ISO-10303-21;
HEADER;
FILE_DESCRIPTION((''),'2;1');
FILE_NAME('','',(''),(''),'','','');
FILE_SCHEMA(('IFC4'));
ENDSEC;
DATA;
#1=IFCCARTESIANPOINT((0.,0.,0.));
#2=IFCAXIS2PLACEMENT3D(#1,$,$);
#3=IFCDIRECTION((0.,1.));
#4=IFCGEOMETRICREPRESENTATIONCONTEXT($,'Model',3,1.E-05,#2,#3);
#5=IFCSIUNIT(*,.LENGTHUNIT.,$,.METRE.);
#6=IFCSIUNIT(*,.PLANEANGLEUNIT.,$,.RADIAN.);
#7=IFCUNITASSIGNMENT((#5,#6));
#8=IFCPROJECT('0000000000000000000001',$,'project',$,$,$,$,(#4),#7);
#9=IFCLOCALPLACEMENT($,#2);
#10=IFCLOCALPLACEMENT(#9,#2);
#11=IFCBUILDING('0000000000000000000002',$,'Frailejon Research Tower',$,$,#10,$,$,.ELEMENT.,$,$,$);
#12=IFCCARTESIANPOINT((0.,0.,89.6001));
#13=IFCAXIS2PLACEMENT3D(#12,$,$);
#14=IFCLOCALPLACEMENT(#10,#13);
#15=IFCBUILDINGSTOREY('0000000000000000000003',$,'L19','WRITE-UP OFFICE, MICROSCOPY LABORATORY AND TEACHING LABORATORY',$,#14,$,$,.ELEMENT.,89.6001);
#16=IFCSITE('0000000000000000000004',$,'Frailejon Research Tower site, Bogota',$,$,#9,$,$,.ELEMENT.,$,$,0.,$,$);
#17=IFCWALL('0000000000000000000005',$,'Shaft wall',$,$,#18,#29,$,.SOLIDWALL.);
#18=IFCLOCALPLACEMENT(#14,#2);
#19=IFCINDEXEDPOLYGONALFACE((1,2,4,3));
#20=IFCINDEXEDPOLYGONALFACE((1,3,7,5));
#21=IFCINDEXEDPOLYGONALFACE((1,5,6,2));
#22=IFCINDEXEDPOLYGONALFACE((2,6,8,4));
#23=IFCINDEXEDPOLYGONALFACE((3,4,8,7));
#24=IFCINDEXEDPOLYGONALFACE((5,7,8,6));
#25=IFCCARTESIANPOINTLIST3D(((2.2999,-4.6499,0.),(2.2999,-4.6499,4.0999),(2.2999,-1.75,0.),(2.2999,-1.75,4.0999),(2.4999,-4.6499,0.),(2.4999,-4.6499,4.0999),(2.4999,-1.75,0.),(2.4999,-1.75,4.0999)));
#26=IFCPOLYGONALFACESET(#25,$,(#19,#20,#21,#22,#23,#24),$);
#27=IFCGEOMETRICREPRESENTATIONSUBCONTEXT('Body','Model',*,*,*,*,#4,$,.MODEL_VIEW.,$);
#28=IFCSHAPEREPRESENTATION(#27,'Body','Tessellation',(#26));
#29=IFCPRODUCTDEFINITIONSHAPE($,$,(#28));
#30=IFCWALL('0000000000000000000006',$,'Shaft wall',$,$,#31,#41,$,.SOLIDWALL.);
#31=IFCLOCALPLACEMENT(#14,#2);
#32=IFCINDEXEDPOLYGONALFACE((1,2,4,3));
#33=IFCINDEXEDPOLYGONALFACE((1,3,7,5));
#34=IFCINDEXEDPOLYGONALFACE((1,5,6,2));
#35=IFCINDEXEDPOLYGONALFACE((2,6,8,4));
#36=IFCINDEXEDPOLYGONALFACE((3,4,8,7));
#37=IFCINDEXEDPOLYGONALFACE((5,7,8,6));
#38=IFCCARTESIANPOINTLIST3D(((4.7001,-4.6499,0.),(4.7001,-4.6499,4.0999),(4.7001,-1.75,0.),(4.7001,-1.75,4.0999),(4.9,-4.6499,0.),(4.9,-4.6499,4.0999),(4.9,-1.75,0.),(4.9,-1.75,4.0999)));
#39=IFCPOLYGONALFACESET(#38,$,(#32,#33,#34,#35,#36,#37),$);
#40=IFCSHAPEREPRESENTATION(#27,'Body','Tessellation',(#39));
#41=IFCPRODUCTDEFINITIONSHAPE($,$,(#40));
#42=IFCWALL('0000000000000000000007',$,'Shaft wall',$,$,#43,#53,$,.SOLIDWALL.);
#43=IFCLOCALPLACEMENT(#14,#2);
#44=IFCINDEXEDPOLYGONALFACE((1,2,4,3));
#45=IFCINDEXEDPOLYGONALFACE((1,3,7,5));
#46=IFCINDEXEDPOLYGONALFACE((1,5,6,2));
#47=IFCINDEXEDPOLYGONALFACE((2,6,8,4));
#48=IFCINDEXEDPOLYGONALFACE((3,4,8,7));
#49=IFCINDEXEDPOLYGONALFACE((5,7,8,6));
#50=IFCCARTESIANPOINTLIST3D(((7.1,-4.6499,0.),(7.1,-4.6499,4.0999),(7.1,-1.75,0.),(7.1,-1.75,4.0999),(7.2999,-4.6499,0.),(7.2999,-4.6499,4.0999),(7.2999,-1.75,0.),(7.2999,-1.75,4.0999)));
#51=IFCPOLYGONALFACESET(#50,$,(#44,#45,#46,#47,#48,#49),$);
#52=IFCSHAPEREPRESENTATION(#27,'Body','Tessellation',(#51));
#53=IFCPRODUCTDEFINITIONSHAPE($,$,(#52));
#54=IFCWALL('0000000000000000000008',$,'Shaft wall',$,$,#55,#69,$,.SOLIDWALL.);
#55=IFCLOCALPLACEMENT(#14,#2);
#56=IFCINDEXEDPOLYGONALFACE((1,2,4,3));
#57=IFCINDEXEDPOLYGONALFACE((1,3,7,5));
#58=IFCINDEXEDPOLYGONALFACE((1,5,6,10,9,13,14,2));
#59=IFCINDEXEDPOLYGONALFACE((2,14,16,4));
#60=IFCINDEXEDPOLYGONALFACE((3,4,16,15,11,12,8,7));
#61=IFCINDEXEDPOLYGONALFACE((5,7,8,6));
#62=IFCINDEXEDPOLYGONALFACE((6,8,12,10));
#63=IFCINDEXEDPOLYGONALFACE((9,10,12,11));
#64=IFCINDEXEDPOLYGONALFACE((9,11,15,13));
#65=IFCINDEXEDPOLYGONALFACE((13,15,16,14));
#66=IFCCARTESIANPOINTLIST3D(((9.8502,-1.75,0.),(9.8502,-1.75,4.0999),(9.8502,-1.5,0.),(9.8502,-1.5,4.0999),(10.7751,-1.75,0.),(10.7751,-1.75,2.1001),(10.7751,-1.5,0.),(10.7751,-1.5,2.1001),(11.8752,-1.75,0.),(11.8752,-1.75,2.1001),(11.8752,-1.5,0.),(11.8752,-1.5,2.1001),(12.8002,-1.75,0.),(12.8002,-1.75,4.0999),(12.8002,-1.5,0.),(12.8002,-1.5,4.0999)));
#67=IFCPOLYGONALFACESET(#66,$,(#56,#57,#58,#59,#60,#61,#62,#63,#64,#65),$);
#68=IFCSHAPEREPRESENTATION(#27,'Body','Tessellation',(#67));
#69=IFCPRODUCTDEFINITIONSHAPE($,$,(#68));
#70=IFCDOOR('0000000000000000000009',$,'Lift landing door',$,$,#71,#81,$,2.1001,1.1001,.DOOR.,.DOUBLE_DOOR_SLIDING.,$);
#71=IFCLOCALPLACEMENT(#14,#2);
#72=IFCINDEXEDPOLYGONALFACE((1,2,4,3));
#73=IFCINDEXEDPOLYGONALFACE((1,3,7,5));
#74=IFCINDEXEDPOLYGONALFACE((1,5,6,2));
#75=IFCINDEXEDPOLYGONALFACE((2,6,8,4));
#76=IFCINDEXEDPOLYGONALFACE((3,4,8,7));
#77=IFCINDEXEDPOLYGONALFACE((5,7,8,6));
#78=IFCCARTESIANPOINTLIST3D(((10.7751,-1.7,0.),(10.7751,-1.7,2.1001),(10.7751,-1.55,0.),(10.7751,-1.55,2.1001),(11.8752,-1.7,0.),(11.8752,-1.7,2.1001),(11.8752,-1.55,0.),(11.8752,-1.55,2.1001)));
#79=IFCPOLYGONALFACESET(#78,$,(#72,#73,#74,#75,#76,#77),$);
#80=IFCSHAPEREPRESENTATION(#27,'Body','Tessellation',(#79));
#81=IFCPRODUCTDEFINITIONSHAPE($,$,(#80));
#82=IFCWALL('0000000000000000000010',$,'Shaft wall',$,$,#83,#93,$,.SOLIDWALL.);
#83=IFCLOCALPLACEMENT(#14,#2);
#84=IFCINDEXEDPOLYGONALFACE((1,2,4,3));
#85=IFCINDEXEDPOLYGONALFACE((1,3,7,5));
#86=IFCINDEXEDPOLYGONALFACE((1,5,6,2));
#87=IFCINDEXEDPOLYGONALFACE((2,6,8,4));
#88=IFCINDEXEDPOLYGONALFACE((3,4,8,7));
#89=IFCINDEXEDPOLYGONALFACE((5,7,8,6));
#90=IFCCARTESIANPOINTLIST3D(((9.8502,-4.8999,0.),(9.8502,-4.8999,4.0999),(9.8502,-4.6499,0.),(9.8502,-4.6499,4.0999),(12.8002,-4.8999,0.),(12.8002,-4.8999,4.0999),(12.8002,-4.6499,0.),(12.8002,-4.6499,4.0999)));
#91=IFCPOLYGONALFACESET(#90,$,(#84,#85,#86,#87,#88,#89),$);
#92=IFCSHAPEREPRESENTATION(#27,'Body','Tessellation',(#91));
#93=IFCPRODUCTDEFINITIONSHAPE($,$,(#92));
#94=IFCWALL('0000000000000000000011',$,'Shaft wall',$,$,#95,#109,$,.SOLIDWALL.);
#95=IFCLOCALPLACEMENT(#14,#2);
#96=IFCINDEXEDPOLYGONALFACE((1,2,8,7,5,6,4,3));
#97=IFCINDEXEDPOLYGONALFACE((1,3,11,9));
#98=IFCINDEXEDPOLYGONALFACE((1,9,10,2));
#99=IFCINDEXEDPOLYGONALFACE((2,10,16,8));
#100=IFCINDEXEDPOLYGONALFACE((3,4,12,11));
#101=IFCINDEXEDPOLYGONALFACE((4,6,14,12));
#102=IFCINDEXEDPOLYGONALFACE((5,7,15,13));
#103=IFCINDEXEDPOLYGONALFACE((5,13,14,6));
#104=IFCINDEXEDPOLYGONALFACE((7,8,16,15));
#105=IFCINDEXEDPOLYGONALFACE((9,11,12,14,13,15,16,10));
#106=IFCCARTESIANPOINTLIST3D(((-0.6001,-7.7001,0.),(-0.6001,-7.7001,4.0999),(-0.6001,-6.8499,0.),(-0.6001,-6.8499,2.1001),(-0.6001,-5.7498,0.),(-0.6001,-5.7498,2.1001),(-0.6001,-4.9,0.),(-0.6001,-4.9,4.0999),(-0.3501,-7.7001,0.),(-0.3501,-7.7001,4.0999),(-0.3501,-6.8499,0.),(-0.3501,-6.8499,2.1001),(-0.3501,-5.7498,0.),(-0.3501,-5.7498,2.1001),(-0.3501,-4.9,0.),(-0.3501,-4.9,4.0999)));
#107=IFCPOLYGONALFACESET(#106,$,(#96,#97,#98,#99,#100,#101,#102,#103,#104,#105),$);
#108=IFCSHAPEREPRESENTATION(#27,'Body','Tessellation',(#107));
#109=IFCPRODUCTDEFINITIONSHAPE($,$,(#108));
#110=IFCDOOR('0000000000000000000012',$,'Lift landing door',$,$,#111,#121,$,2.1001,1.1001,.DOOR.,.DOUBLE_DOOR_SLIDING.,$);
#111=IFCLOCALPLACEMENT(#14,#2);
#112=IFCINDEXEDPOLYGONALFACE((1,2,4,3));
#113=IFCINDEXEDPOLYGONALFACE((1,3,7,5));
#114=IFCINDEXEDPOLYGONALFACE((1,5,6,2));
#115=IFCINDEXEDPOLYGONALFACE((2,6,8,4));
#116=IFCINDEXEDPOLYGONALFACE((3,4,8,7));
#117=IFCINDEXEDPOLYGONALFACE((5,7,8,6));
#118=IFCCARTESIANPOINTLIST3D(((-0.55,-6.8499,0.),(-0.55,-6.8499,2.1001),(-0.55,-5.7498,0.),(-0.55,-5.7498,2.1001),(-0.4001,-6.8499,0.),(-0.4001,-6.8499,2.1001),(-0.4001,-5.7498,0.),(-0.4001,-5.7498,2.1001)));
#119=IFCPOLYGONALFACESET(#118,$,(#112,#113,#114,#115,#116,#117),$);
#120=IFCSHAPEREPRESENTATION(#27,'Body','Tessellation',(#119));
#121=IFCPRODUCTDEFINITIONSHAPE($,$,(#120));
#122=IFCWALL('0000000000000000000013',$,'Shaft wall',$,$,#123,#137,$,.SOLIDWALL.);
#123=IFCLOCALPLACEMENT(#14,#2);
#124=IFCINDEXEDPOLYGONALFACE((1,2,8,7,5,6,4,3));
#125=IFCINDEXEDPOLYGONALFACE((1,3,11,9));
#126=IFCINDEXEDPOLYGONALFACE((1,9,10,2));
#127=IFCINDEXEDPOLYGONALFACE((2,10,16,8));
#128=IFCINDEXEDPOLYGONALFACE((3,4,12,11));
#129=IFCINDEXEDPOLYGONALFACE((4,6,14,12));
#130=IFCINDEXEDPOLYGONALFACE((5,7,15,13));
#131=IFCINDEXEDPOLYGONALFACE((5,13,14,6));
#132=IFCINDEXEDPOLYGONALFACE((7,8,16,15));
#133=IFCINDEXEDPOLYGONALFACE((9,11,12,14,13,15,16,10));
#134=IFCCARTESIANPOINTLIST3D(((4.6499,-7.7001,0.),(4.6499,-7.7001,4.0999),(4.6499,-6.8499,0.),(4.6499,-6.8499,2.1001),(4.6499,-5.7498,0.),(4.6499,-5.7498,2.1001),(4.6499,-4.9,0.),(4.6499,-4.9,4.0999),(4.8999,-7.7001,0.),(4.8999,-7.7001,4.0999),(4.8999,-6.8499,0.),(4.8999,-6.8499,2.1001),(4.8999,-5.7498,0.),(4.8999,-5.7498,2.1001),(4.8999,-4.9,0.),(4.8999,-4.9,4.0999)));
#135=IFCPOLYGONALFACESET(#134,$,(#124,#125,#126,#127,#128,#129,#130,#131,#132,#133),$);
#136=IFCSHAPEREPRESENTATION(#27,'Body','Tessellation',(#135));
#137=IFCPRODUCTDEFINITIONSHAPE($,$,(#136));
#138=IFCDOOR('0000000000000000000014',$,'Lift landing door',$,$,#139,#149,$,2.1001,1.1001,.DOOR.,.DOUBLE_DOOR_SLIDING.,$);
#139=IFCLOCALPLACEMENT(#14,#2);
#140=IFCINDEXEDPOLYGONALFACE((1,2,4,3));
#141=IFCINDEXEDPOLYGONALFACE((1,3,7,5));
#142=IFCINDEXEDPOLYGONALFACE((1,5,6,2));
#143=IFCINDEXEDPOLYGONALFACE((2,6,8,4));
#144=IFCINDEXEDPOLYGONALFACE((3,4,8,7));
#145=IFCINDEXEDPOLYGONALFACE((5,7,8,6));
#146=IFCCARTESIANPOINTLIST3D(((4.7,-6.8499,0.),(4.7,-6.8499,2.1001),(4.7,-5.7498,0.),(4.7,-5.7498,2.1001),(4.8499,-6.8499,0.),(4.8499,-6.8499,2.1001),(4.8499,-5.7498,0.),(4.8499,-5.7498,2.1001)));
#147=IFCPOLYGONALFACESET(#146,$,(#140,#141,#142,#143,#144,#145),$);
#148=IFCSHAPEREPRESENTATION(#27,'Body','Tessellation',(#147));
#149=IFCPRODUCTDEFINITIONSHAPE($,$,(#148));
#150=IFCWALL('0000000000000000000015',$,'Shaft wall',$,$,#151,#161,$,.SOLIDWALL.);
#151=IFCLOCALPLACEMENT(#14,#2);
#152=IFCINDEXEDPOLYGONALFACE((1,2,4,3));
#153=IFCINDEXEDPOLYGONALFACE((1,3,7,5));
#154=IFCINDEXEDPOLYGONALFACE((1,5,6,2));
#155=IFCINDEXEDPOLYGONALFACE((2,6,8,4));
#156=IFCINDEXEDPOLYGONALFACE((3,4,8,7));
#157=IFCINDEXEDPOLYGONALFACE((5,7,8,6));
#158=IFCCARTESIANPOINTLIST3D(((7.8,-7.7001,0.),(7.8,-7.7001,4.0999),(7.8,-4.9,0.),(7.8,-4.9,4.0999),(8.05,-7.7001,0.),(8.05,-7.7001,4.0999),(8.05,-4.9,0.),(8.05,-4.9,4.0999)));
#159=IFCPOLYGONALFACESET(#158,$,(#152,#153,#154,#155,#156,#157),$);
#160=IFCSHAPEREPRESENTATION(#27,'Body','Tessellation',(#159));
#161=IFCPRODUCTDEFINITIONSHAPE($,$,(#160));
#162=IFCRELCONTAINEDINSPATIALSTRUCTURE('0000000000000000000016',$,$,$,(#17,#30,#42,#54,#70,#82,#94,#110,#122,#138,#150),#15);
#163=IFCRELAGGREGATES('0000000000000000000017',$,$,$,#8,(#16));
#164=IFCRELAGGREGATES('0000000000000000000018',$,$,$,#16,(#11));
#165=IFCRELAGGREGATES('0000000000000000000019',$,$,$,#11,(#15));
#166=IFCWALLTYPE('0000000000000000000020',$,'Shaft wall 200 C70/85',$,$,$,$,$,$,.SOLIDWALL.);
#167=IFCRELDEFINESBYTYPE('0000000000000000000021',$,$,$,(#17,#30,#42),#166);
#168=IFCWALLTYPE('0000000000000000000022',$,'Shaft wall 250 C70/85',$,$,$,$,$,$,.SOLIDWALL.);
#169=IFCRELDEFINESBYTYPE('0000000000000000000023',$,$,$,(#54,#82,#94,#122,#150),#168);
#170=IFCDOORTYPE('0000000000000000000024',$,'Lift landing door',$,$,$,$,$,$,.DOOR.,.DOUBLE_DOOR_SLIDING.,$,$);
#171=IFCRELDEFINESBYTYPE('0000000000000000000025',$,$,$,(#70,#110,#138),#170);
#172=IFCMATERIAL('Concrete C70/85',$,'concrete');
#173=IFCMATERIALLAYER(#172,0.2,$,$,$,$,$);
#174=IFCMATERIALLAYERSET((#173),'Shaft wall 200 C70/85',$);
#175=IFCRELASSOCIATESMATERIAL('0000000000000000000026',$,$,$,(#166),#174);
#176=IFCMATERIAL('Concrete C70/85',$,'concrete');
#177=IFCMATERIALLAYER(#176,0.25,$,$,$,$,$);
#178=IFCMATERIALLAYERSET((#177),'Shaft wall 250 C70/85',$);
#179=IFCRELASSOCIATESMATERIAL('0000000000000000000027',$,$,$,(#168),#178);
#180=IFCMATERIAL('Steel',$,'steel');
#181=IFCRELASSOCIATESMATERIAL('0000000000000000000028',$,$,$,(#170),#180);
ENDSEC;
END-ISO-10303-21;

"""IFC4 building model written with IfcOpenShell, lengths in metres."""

from ifc_helpers import new_model, si_unit, direction, frame, frame_2d, origin, place, context, subcontext, project, spatial, rectangle, extrude, material, layer, layer_set, type_object, element, fill, save


model = new_model("IFC4")

# Units and contexts
model_context = context("Model", 3, precision=1e-05, world=origin(), true_north=direction((0.0, 1.0)))
body_context = subcontext(model_context, "Body", "Model", "MODEL_VIEW")
ifc_project = project(units=[si_unit("LENGTHUNIT", "METRE"), si_unit("PLANEANGLEUNIT", "RADIAN")], contexts=[model_context])

# Site, building, storey
site_placement = place(None, origin())
site = spatial("IfcSite", under=ifc_project, at=site_placement, Name="Frailejon Research Tower site, Bogota", CompositionType="ELEMENT", RefElevation=0.0)
building_placement = place(site_placement, origin())
building = spatial("IfcBuilding", under=site, at=building_placement, Name="Frailejon Research Tower", CompositionType="ELEMENT")
storey_placement = place(building_placement, frame((0.0, 0.0, 89.6001)))
storey = spatial("IfcBuildingStorey", under=building, at=storey_placement, Name="L19", Description="WRITE-UP OFFICE, MICROSCOPY LABORATORY AND TEACHING LABORATORY", CompositionType="ELEMENT", Elevation=89.6001)

# Walls
ifc_material_1 = material(Name="Concrete C70/85", Category="concrete")
ifc_layer_1 = layer(ifc_material_1, 0.2)
ifc_layer_set_1 = layer_set([ifc_layer_1], Name="Shaft wall 200 C70/85")
wall_type_1 = type_object("IfcWallType", Name="Shaft wall 200 C70/85", PredefinedType="SOLIDWALL", material=ifc_layer_set_1)
for number, where, z_axis, x_axis, name in (
    (1, (2.3999, -4.6499, 0.0), (0.0, 0.0, 1.0), (0.0, 1.0, 0.0), "Shaft wall"),
    (2, (4.8, -4.6499, 0.0), (0.0, 0.0, 1.0), (0.0, 1.0, 0.0), "Shaft wall"),
    (3, (7.2, -4.6499, 0.0), (0.0, 0.0, 1.0), (0.0, 1.0, 0.0), "Shaft wall"),
):
    element("IfcWall", number, at=place(storey_placement, frame(where, z_axis=z_axis, x_axis=x_axis)), inside=storey, type_object=wall_type_1, Name=name, PredefinedType="SOLIDWALL", context=body_context, shape_type="SweptSolid", body=[
        extrude(rectangle(XDim=2.8999, YDim=0.2, at=frame_2d((1.45, 0.0))), origin(), (0.0, 0.0, 1.0), 4.0999),
    ])

# Wall, opening, door
ifc_material_2 = material(Name="Concrete C70/85", Category="concrete")
ifc_layer_2 = layer(ifc_material_2, 0.25)
ifc_layer_set_2 = layer_set([ifc_layer_2], Name="Shaft wall 250 C70/85")
wall_type_2 = type_object("IfcWallType", Name="Shaft wall 250 C70/85", PredefinedType="SOLIDWALL", material=ifc_layer_set_2)
wall_1_placement = place(storey_placement, frame((9.8501, -1.625, 0.0), z_axis=(0.0, 0.0, 1.0), x_axis=(1.0, 0.0, 0.0)))
wall_1 = element("IfcWall", 4, at=wall_1_placement, inside=storey, type_object=wall_type_2, Name="Shaft wall", PredefinedType="SOLIDWALL", context=body_context, shape_type="SweptSolid", body=[
    extrude(rectangle(XDim=2.95, YDim=0.25, at=frame_2d((1.4751, 0.0))), origin(), (0.0, 0.0, 1.0), 4.0999),
])
opening_1_placement = place(wall_1_placement, frame((0.925, 0.0, 0.0)))
opening_1 = element("IfcOpeningElement", 5, at=opening_1_placement, cuts=wall_1, PredefinedType="OPENING", context=body_context, shape_type="SweptSolid", body=[
    extrude(rectangle(XDim=1.1001, YDim=2.1001, at=frame_2d((0.55, 1.05))), frame((0.0, 0.135, 0.0), z_axis=(0.0, -1.0, 0.0), x_axis=(1.0, 0.0, 0.0)), (0.0, 0.0, 1.0), 0.27),
])
ifc_material_3 = material(Name="Steel", Category="steel")
door_type_1 = type_object("IfcDoorType", Name="Lift landing door", OperationType="DOUBLE_DOOR_SLIDING", PredefinedType="DOOR", material=ifc_material_3)
door_1_placement = place(opening_1_placement, origin())
door_1 = element("IfcDoor", 6, at=door_1_placement, inside=storey, type_object=door_type_1, Name="Lift landing door", OperationType="DOUBLE_DOOR_SLIDING", OverallHeight=2.1001, OverallWidth=1.1001, PredefinedType="DOOR", context=body_context, shape_type="SweptSolid", body=[
    extrude(rectangle(XDim=1.1001, YDim=2.1001, at=frame_2d((0.55, 1.05))), frame((0.0, 0.075, 0.0), z_axis=(0.0, -1.0, 0.0), x_axis=(1.0, 0.0, 0.0)), (0.0, 0.0, 1.0), 0.1499),
])
fill(opening_1, door_1)

# Wall
wall_2_placement = place(storey_placement, frame((9.8501, -4.7749, 0.0), z_axis=(0.0, 0.0, 1.0), x_axis=(1.0, 0.0, 0.0)))
element("IfcWall", 7, at=wall_2_placement, inside=storey, type_object=wall_type_2, Name="Shaft wall", PredefinedType="SOLIDWALL", context=body_context, shape_type="SweptSolid", body=[
    extrude(rectangle(XDim=2.95, YDim=0.25, at=frame_2d((1.4751, 0.0))), origin(), (0.0, 0.0, 1.0), 4.0999),
])

# Walls, openings, doors
wall_3_placement = place(storey_placement, frame((-0.4751, -7.7, 0.0), z_axis=(0.0, 0.0, 1.0), x_axis=(0.0, 1.0, 0.0)))
wall_3 = element("IfcWall", 8, at=wall_3_placement, inside=storey, type_object=wall_type_2, Name="Shaft wall", PredefinedType="SOLIDWALL", context=body_context, shape_type="SweptSolid", body=[
    extrude(rectangle(XDim=2.8, YDim=0.25, at=frame_2d((1.3999, 0.0))), origin(), (0.0, 0.0, 1.0), 4.0999),
])
opening_2_placement = place(wall_3_placement, frame((0.8501, 0.0, 0.0)))
opening_2 = element("IfcOpeningElement", 9, at=opening_2_placement, cuts=wall_3, PredefinedType="OPENING", context=body_context, shape_type="SweptSolid", body=[
    extrude(rectangle(XDim=1.1001, YDim=2.1001, at=frame_2d((0.55, 1.05))), frame((0.0, 0.135, 0.0), z_axis=(0.0, -1.0, 0.0), x_axis=(1.0, 0.0, 0.0)), (0.0, 0.0, 1.0), 0.27),
])
door_2_placement = place(opening_2_placement, origin())
door_2 = element("IfcDoor", 10, at=door_2_placement, inside=storey, type_object=door_type_1, Name="Lift landing door", OperationType="DOUBLE_DOOR_SLIDING", OverallHeight=2.1001, OverallWidth=1.1001, PredefinedType="DOOR", context=body_context, shape_type="SweptSolid", body=[
    extrude(rectangle(XDim=1.1001, YDim=2.1001, at=frame_2d((0.55, 1.05))), frame((0.0, 0.075, 0.0), z_axis=(0.0, -1.0, 0.0), x_axis=(1.0, 0.0, 0.0)), (0.0, 0.0, 1.0), 0.1499),
])
fill(opening_2, door_2)
wall_4_placement = place(storey_placement, frame((4.7749, -7.7, 0.0), z_axis=(0.0, 0.0, 1.0), x_axis=(0.0, 1.0, 0.0)))
wall_4 = element("IfcWall", 11, at=wall_4_placement, inside=storey, type_object=wall_type_2, Name="Shaft wall", PredefinedType="SOLIDWALL", context=body_context, shape_type="SweptSolid", body=[
    extrude(rectangle(XDim=2.8, YDim=0.25, at=frame_2d((1.3999, 0.0))), origin(), (0.0, 0.0, 1.0), 4.0999),
])
opening_3_placement = place(wall_4_placement, frame((0.8501, 0.0, 0.0)))
opening_3 = element("IfcOpeningElement", 12, at=opening_3_placement, cuts=wall_4, PredefinedType="OPENING", context=body_context, shape_type="SweptSolid", body=[
    extrude(rectangle(XDim=1.1001, YDim=2.1001, at=frame_2d((0.55, 1.05))), frame((0.0, 0.135, 0.0), z_axis=(0.0, -1.0, 0.0), x_axis=(1.0, 0.0, 0.0)), (0.0, 0.0, 1.0), 0.27),
])
door_3_placement = place(opening_3_placement, origin())
door_3 = element("IfcDoor", 13, at=door_3_placement, inside=storey, type_object=door_type_1, Name="Lift landing door", OperationType="DOUBLE_DOOR_SLIDING", OverallHeight=2.1001, OverallWidth=1.1001, PredefinedType="DOOR", context=body_context, shape_type="SweptSolid", body=[
    extrude(rectangle(XDim=1.1001, YDim=2.1001, at=frame_2d((0.55, 1.05))), frame((0.0, 0.075, 0.0), z_axis=(0.0, -1.0, 0.0), x_axis=(1.0, 0.0, 0.0)), (0.0, 0.0, 1.0), 0.1499),
])
fill(opening_3, door_3)

# Wall
wall_5_placement = place(storey_placement, frame((7.925, -7.7, 0.0), z_axis=(0.0, 0.0, 1.0), x_axis=(0.0, 1.0, 0.0)))
element("IfcWall", 14, at=wall_5_placement, inside=storey, type_object=wall_type_2, Name="Shaft wall", PredefinedType="SOLIDWALL", context=body_context, shape_type="SweptSolid", body=[
    extrude(rectangle(XDim=2.8, YDim=0.25, at=frame_2d((1.3999, 0.0))), origin(), (0.0, 0.0, 1.0), 4.0999),
])

save(model, "model.ifc")
